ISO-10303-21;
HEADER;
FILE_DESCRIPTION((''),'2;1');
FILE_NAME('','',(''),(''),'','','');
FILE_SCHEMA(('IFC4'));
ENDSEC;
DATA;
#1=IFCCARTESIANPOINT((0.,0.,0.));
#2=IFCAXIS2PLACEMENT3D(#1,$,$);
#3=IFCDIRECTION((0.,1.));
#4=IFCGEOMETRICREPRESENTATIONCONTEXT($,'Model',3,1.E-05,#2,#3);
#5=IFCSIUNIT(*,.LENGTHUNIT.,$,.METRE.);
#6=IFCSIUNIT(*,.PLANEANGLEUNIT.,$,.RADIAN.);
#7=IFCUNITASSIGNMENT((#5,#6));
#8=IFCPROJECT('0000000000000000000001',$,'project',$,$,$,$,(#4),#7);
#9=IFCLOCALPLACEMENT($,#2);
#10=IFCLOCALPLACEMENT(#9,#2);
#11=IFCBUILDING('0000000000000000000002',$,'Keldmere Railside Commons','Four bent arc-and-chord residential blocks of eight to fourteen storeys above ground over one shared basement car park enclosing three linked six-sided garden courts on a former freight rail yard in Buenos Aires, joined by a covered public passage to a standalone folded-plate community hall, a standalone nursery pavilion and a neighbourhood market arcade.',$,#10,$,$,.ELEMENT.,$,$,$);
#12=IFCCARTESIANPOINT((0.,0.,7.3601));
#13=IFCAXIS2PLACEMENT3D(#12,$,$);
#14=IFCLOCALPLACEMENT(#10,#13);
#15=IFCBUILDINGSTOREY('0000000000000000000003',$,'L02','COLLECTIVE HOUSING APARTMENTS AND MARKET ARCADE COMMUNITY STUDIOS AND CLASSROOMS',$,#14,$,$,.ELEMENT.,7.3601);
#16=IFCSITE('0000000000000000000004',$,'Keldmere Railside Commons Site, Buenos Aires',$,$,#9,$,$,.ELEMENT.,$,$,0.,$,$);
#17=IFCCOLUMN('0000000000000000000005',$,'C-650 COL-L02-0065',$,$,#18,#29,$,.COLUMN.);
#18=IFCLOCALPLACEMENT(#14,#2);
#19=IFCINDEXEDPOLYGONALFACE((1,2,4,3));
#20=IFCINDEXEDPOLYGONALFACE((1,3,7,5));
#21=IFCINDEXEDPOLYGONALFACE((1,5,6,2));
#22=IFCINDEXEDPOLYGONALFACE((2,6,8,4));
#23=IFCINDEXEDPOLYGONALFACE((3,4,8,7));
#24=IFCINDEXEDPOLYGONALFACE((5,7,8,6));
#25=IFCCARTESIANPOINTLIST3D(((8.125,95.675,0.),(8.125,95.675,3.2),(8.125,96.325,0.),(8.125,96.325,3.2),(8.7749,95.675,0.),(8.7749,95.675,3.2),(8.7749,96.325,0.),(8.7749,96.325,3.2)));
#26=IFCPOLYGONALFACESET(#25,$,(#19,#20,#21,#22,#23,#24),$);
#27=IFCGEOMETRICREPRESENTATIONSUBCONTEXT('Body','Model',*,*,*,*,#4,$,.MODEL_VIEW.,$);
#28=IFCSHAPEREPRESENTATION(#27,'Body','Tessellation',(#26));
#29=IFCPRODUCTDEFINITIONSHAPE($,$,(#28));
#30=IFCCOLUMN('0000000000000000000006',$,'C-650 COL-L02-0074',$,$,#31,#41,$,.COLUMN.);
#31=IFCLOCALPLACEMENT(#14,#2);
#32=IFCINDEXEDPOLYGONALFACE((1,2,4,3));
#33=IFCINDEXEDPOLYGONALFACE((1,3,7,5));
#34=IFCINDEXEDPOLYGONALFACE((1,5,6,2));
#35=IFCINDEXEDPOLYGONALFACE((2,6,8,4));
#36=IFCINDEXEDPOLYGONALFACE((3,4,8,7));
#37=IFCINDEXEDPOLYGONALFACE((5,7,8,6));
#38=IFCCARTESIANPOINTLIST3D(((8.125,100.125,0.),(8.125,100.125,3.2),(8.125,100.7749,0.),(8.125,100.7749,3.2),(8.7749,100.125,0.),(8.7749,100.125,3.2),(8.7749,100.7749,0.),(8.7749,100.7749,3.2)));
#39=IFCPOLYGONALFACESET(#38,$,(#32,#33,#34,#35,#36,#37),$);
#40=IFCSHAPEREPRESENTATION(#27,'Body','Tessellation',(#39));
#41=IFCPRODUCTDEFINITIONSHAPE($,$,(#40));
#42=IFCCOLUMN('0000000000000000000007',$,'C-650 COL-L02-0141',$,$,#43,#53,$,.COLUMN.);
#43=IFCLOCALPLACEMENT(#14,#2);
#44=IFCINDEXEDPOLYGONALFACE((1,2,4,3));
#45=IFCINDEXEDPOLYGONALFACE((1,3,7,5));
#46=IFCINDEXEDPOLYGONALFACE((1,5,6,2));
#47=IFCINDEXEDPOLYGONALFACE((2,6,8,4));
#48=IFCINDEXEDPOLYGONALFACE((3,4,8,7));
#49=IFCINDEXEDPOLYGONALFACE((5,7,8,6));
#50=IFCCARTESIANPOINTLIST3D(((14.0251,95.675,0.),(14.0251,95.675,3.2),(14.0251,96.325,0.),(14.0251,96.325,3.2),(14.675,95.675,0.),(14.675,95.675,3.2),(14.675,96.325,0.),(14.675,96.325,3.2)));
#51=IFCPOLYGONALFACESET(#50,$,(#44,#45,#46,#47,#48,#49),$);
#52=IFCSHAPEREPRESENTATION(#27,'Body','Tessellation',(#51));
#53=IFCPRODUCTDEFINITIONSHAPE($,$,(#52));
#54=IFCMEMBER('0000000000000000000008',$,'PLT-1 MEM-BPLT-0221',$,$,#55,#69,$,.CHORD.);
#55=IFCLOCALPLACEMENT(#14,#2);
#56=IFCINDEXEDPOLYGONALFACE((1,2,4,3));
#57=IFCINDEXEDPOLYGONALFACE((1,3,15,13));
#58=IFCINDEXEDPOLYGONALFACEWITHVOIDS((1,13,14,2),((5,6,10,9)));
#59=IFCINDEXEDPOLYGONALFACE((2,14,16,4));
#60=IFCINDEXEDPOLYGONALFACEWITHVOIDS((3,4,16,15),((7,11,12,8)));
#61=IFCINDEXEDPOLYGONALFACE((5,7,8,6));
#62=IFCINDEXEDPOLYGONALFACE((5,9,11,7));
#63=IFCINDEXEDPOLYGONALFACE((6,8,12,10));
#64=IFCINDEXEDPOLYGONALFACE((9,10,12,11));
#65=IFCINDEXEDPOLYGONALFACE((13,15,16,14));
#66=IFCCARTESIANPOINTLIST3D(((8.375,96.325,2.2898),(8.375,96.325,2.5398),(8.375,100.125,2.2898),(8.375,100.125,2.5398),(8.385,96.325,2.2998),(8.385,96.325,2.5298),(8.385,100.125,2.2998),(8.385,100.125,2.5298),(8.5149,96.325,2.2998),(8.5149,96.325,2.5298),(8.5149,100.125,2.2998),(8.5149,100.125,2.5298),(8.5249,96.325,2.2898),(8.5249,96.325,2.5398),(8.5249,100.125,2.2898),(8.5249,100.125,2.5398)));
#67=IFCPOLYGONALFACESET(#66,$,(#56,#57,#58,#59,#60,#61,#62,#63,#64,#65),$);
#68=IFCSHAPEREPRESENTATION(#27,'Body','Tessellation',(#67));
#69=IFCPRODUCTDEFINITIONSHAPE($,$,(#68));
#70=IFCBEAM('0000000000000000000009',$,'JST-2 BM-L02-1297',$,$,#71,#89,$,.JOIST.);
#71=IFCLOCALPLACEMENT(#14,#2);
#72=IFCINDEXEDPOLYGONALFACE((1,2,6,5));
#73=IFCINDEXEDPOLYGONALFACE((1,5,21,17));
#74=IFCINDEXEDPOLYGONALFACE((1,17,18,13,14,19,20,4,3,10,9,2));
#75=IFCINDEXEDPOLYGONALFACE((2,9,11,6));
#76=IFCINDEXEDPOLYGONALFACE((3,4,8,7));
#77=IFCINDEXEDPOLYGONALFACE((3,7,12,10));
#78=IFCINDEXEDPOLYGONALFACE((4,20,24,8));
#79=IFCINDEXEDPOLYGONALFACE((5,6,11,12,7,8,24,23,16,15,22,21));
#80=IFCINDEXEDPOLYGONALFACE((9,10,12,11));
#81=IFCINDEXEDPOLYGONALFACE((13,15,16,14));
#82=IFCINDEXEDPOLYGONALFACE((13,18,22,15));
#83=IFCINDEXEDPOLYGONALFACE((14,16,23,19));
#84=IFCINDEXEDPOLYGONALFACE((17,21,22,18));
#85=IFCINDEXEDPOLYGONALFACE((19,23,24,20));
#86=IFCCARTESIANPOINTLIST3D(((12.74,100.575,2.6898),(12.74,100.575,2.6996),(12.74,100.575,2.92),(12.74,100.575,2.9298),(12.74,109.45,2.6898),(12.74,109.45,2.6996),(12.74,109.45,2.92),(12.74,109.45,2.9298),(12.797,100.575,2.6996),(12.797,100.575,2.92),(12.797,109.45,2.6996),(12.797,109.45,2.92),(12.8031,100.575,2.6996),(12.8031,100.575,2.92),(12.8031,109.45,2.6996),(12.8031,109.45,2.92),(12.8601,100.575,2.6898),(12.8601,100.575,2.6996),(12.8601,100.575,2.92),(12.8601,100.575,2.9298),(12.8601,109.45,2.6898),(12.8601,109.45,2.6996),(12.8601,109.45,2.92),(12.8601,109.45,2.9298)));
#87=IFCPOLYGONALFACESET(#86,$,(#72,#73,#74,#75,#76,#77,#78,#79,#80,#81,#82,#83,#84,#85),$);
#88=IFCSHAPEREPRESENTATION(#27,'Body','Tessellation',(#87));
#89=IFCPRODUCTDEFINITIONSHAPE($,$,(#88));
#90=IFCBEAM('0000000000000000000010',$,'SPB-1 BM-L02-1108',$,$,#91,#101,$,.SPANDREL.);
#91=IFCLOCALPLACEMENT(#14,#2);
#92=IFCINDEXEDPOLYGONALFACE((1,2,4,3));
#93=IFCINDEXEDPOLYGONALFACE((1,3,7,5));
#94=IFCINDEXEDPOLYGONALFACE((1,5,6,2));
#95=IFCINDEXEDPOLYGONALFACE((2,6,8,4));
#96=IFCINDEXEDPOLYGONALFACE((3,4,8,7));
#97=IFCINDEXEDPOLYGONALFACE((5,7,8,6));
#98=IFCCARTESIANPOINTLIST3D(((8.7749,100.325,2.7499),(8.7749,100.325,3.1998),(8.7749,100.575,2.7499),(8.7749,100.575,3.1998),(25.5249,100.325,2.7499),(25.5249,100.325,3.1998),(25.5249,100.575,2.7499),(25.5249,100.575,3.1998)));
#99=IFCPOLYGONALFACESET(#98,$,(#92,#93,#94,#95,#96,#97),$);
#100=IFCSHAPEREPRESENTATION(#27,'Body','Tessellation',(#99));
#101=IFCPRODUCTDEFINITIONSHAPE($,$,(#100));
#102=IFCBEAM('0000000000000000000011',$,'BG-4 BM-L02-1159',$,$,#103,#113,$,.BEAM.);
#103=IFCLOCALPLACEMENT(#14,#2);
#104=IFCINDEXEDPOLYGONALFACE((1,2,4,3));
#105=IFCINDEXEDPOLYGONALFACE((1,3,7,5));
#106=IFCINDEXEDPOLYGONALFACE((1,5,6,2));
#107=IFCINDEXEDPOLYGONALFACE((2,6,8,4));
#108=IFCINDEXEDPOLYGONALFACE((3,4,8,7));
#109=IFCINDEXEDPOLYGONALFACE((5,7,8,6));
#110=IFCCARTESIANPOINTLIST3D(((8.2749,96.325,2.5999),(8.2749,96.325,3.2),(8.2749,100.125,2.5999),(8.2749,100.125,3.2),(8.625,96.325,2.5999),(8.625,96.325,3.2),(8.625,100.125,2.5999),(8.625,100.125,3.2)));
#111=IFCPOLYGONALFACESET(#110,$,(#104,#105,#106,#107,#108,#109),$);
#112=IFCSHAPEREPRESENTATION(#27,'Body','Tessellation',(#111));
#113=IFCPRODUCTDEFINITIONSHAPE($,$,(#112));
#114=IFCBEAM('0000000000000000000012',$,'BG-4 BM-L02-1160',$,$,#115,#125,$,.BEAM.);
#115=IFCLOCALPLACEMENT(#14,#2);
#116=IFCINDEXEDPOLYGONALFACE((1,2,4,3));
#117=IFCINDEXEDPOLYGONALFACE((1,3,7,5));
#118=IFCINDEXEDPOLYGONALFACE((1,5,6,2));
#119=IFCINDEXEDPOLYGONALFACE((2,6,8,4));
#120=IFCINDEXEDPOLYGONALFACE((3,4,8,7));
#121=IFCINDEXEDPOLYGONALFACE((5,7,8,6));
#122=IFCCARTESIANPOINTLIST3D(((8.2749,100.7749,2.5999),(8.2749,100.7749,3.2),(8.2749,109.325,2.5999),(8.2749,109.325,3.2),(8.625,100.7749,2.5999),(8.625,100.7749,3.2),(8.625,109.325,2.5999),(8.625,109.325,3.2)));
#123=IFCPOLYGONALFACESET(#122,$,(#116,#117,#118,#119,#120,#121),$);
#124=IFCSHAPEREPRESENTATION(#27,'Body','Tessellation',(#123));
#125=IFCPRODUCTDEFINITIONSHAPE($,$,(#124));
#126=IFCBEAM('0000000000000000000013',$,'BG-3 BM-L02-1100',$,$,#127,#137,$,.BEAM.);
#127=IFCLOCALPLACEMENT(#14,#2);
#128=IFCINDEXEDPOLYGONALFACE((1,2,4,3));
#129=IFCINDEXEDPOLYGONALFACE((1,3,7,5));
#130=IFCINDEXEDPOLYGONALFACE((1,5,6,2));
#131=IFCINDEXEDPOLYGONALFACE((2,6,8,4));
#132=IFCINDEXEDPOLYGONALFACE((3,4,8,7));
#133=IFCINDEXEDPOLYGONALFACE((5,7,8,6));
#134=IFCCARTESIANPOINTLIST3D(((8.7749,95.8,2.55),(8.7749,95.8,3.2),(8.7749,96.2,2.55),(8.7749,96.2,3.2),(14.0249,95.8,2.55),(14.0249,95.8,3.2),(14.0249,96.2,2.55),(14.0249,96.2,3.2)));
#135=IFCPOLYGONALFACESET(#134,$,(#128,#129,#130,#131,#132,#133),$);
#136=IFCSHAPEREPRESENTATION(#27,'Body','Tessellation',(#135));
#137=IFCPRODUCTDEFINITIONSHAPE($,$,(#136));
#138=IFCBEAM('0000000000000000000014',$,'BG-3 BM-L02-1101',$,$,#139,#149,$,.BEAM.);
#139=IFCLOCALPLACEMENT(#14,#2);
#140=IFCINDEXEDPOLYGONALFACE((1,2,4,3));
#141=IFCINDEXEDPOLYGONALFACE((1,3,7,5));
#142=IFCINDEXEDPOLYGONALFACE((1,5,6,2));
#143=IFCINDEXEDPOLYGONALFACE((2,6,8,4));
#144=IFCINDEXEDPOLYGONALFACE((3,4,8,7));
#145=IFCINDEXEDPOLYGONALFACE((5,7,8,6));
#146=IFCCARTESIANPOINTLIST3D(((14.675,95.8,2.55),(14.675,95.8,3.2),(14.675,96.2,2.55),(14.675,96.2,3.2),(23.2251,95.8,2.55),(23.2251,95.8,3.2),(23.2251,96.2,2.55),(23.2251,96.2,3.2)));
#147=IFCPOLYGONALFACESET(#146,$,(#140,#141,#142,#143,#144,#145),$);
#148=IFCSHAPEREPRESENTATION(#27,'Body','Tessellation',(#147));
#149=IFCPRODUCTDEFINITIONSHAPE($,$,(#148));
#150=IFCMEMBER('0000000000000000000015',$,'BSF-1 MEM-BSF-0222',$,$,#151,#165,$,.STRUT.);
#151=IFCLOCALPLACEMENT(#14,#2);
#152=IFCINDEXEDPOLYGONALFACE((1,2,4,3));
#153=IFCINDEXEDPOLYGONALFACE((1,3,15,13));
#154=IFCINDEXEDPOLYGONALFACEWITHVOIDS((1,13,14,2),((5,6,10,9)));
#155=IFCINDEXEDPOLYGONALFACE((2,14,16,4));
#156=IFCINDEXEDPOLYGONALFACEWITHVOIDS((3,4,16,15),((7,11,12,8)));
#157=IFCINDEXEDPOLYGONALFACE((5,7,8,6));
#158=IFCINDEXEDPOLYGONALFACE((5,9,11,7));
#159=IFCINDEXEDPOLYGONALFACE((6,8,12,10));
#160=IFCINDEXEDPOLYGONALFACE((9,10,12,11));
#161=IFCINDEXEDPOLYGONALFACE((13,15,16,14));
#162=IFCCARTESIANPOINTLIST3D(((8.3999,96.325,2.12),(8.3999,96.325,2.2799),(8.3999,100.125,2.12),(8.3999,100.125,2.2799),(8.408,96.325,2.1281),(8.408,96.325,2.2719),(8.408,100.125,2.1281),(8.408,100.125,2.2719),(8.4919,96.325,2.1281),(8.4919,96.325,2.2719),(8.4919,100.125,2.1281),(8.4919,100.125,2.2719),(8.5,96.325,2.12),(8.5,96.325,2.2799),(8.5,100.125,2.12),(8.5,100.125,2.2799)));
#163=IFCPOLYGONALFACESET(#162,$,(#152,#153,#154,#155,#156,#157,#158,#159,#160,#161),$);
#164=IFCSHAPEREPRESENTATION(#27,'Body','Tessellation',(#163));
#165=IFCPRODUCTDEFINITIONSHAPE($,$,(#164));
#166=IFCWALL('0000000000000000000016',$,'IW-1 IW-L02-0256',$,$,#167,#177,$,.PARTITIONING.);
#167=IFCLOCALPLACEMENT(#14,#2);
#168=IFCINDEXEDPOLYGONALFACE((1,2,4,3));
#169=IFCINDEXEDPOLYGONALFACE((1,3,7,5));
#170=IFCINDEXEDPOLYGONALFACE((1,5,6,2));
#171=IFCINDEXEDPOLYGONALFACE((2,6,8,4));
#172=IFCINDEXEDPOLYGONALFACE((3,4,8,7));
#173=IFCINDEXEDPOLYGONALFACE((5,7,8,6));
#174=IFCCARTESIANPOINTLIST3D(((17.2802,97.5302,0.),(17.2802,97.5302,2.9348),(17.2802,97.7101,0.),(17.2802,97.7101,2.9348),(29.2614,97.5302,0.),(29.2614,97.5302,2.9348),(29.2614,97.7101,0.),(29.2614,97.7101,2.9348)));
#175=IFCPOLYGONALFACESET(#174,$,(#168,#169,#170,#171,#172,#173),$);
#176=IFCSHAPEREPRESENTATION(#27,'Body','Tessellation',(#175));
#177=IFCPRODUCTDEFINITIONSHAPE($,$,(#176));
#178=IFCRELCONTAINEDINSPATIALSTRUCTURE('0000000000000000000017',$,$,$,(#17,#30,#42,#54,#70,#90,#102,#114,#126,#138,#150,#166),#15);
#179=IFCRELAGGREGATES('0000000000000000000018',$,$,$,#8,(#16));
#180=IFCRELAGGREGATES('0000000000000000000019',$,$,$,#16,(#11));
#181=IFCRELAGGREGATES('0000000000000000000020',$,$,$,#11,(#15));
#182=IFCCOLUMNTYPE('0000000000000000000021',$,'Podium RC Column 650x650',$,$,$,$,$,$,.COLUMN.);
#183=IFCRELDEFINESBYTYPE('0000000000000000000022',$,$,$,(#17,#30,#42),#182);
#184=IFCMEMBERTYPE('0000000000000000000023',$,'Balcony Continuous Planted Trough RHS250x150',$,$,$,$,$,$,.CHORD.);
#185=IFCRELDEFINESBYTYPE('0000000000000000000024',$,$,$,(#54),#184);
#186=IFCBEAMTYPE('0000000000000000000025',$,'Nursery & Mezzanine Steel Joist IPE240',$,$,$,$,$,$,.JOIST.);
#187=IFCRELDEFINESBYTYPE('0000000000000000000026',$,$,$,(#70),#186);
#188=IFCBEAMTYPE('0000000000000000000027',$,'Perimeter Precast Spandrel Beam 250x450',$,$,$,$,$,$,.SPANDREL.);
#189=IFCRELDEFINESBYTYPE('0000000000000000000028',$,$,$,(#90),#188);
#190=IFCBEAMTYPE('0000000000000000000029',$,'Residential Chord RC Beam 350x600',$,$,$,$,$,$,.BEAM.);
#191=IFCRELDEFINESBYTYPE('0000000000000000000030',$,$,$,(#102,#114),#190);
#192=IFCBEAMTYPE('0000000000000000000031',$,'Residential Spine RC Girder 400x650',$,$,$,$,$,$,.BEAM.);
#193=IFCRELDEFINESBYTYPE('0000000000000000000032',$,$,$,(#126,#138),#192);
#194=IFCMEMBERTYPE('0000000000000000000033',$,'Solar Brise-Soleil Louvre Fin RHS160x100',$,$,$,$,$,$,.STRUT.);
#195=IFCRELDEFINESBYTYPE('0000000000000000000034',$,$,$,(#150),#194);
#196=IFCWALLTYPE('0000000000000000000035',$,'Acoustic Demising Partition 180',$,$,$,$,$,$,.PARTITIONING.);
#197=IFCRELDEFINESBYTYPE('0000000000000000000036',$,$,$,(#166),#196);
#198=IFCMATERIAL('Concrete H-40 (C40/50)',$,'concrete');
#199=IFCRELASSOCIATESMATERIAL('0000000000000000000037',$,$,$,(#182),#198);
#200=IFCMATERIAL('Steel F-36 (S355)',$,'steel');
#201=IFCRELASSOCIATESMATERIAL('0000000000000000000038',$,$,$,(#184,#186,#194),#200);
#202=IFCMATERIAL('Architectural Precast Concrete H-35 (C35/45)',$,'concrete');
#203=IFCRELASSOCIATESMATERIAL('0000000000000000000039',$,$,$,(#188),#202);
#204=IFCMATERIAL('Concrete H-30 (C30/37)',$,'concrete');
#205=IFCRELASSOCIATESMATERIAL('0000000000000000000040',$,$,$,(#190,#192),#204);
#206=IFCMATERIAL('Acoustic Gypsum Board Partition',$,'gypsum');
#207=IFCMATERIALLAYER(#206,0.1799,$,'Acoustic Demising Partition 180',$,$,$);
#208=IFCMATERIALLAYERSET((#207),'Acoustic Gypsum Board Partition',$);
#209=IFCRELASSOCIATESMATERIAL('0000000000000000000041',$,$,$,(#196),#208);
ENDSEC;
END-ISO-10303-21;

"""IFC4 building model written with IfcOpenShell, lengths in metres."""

from ifc_helpers import new_model, si_unit, direction, frame, frame_2d, origin, origin_2d, place, context, subcontext, project, spatial, rectangle, hollow_rectangle, i_section, extrude, material, layer, layer_set, material_profile, profile_set, type_object, element, save


model = new_model("IFC4")

# Units and contexts
model_context = context("Model", 3, precision=1e-05, world=origin(), true_north=direction((0.0, 1.0)))
body_context = subcontext(model_context, "Body", "Model", "MODEL_VIEW")
ifc_project = project(units=[si_unit("LENGTHUNIT", "METRE"), si_unit("PLANEANGLEUNIT", "RADIAN")], contexts=[model_context])

# Site, building, storey
site_placement = place(None, origin())
site = spatial("IfcSite", under=ifc_project, at=site_placement, Name="Keldmere Railside Commons Site, Buenos Aires", CompositionType="ELEMENT", RefElevation=0.0)
building_placement = place(site_placement, origin())
building = spatial("IfcBuilding", under=site, at=building_placement, Name="Keldmere Railside Commons", Description="Four bent arc-and-chord residential blocks of eight to fourteen storeys above ground over one shared basement car park enclosing three linked six-sided garden courts on a former freight rail yard in Buenos Aires, joined by a covered public passage to a standalone folded-plate community hall, a standalone nursery pavilion and a neighbourhood market arcade.", CompositionType="ELEMENT")
storey_placement = place(building_placement, frame((0.0, 0.0, 7.3601)))
storey = spatial("IfcBuildingStorey", under=building, at=storey_placement, Name="L02", Description="COLLECTIVE HOUSING APARTMENTS AND MARKET ARCADE COMMUNITY STUDIOS AND CLASSROOMS", CompositionType="ELEMENT", Elevation=7.3601)

# Columns
ifc_material_1 = material(Name="Concrete H-40 (C40/50)", Category="concrete")
ifc_material_profile_1 = material_profile(ifc_material_1, rectangle(XDim=0.6499, YDim=0.6499, at=origin_2d()), Name="RC-650x650")
ifc_profile_set_1 = profile_set([ifc_material_profile_1], Name="Concrete H-40 (C40/50)")
column_type = type_object("IfcColumnType", Name="Podium RC Column 650x650", PredefinedType="COLUMN", material=ifc_profile_set_1)
for number, where, z_axis, x_axis, name in (
    (1, (8.45, 96.0, 0.0), (0.0, 0.0, 1.0), (1.0, 0.0, 0.0), "C-650 COL-L02-0065"),
    (2, (8.45, 100.45, 0.0), (0.0, 0.0, 1.0), (1.0, 0.0, 0.0), "C-650 COL-L02-0074"),
    (3, (14.3501, 96.0, 0.0), (0.0, 0.0, 1.0), (1.0, 0.0, 0.0), "C-650 COL-L02-0141"),
):
    element("IfcColumn", number, at=place(storey_placement, frame(where, z_axis=z_axis, x_axis=x_axis)), inside=storey, type_object=column_type, Name=name, PredefinedType="COLUMN", context=body_context, shape_type="SweptSolid", body=[
        extrude(rectangle(XDim=0.6499, YDim=0.6499, at=origin_2d()), origin(), (0.0, 0.0, 1.0), 3.2),
    ])

# Member
ifc_material_2 = material(Name="Steel F-36 (S355)", Category="steel")
ifc_material_profile_2 = material_profile(ifc_material_2, hollow_rectangle(XDim=0.1499, YDim=0.25, WallThickness=0.01, at=origin_2d()), Name="RHS-250x150x10")
ifc_profile_set_2 = profile_set([ifc_material_profile_2], Name="Steel F-36 (S355)")
member_type_1 = type_object("IfcMemberType", Name="Balcony Continuous Planted Trough RHS250x150", PredefinedType="CHORD", material=ifc_profile_set_2)
member_1_placement = place(storey_placement, frame((8.45, 96.325, 2.4148), z_axis=(0.0, 1.0, 0.0), x_axis=(-1.0, 0.0, 0.0)))
element("IfcMember", 4, at=member_1_placement, inside=storey, type_object=member_type_1, Name="PLT-1 MEM-BPLT-0221", PredefinedType="CHORD", context=body_context, shape_type="SweptSolid", body=[
    extrude(hollow_rectangle(XDim=0.1499, YDim=0.25, WallThickness=0.01, at=origin_2d()), origin(), (0.0, 0.0, 1.0), 3.8),
])

# Beams
ifc_material_profile_3 = material_profile(ifc_material_2, i_section(OverallWidth=0.1201, OverallDepth=0.24, WebThickness=0.0061, FlangeThickness=0.0098, at=origin_2d()), Name="IPE-240")
ifc_profile_set_3 = profile_set([ifc_material_profile_3], Name="Steel F-36 (S355)")
beam_type_1 = type_object("IfcBeamType", Name="Nursery & Mezzanine Steel Joist IPE240", PredefinedType="JOIST", material=ifc_profile_set_3)
beam_1_placement = place(storey_placement, frame((12.8, 100.575, 2.8098), z_axis=(0.0, 1.0, 0.0), x_axis=(-1.0, 0.0, 0.0)))
element("IfcBeam", 5, at=beam_1_placement, inside=storey, type_object=beam_type_1, Name="JST-2 BM-L02-1297", PredefinedType="JOIST", context=body_context, shape_type="SweptSolid", body=[
    extrude(i_section(OverallWidth=0.1201, OverallDepth=0.24, WebThickness=0.0061, FlangeThickness=0.0098, at=origin_2d()), origin(), (0.0, 0.0, 1.0), 8.875),
])
ifc_material_3 = material(Name="Architectural Precast Concrete H-35 (C35/45)", Category="concrete")
ifc_material_profile_4 = material_profile(ifc_material_3, rectangle(XDim=0.25, YDim=0.45, at=origin_2d()), Name="RC-250x450")
ifc_profile_set_4 = profile_set([ifc_material_profile_4], Name="Architectural Precast Concrete H-35 (C35/45)")
beam_type_2 = type_object("IfcBeamType", Name="Perimeter Precast Spandrel Beam 250x450", PredefinedType="SPANDREL", material=ifc_profile_set_4)
beam_2_placement = place(storey_placement, frame((8.7749, 100.45, 2.9749), z_axis=(1.0, 0.0, 0.0), x_axis=(0.0, 1.0, 0.0)))
element("IfcBeam", 6, at=beam_2_placement, inside=storey, type_object=beam_type_2, Name="SPB-1 BM-L02-1108", PredefinedType="SPANDREL", context=body_context, shape_type="SweptSolid", body=[
    extrude(rectangle(XDim=0.25, YDim=0.45, at=origin_2d()), origin(), (0.0, 0.0, 1.0), 16.75),
])
ifc_material_4 = material(Name="Concrete H-30 (C30/37)", Category="concrete")
ifc_material_profile_5 = material_profile(ifc_material_4, rectangle(XDim=0.3501, YDim=0.6001, at=origin_2d()), Name="RC-350x600")
ifc_profile_set_5 = profile_set([ifc_material_profile_5], Name="Concrete H-30 (C30/37)")
beam_type_3 = type_object("IfcBeamType", Name="Residential Chord RC Beam 350x600", PredefinedType="BEAM", material=ifc_profile_set_5)
beam_3_placement = place(storey_placement, frame((8.45, 96.325, 2.8999), z_axis=(0.0, 1.0, 0.0), x_axis=(-1.0, 0.0, 0.0)))
element("IfcBeam", 7, at=beam_3_placement, inside=storey, type_object=beam_type_3, Name="BG-4 BM-L02-1159", PredefinedType="BEAM", context=body_context, shape_type="SweptSolid", body=[
    extrude(rectangle(XDim=0.3501, YDim=0.6001, at=origin_2d()), origin(), (0.0, 0.0, 1.0), 3.8),
])
beam_4_placement = place(storey_placement, frame((8.45, 100.7749, 2.8999), z_axis=(0.0, 1.0, 0.0), x_axis=(-1.0, 0.0, 0.0)))
element("IfcBeam", 8, at=beam_4_placement, inside=storey, type_object=beam_type_3, Name="BG-4 BM-L02-1160", PredefinedType="BEAM", context=body_context, shape_type="SweptSolid", body=[
    extrude(rectangle(XDim=0.3501, YDim=0.6001, at=origin_2d()), origin(), (0.0, 0.0, 1.0), 8.55),
])
ifc_material_profile_6 = material_profile(ifc_material_4, rectangle(XDim=0.3999, YDim=0.6499, at=origin_2d()), Name="RC-400x650")
ifc_profile_set_6 = profile_set([ifc_material_profile_6], Name="Concrete H-30 (C30/37)")
beam_type_4 = type_object("IfcBeamType", Name="Residential Spine RC Girder 400x650", PredefinedType="BEAM", material=ifc_profile_set_6)
beam_5_placement = place(storey_placement, frame((8.7749, 96.0, 2.875), z_axis=(1.0, 0.0, 0.0), x_axis=(0.0, 1.0, 0.0)))
element("IfcBeam", 9, at=beam_5_placement, inside=storey, type_object=beam_type_4, Name="BG-3 BM-L02-1100", PredefinedType="BEAM", context=body_context, shape_type="SweptSolid", body=[
    extrude(rectangle(XDim=0.3999, YDim=0.6499, at=origin_2d()), origin(), (0.0, 0.0, 1.0), 5.25),
])
beam_6_placement = place(storey_placement, frame((14.675, 96.0, 2.875), z_axis=(1.0, 0.0, 0.0), x_axis=(0.0, 1.0, 0.0)))
element("IfcBeam", 10, at=beam_6_placement, inside=storey, type_object=beam_type_4, Name="BG-3 BM-L02-1101", PredefinedType="BEAM", context=body_context, shape_type="SweptSolid", body=[
    extrude(rectangle(XDim=0.3999, YDim=0.6499, at=origin_2d()), origin(), (0.0, 0.0, 1.0), 8.55),
])

# Member
ifc_material_profile_7 = material_profile(ifc_material_2, hollow_rectangle(XDim=0.1001, YDim=0.1599, WallThickness=0.0081, at=origin_2d()), Name="RHS-160x100x8")
ifc_profile_set_7 = profile_set([ifc_material_profile_7], Name="Steel F-36 (S355)")
member_type_2 = type_object("IfcMemberType", Name="Solar Brise-Soleil Louvre Fin RHS160x100", PredefinedType="STRUT", material=ifc_profile_set_7)
member_2_placement = place(storey_placement, frame((8.45, 96.325, 2.2), z_axis=(0.0, 1.0, 0.0), x_axis=(-1.0, 0.0, 0.0)))
element("IfcMember", 11, at=member_2_placement, inside=storey, type_object=member_type_2, Name="BSF-1 MEM-BSF-0222", PredefinedType="STRUT", context=body_context, shape_type="SweptSolid", body=[
    extrude(hollow_rectangle(XDim=0.1001, YDim=0.1599, WallThickness=0.0081, at=origin_2d()), origin(), (0.0, 0.0, 1.0), 3.8),
])

# Wall
ifc_material_5 = material(Name="Acoustic Gypsum Board Partition", Category="gypsum")
ifc_layer = layer(ifc_material_5, 0.1799, Name="Acoustic Demising Partition 180")
ifc_layer_set = layer_set([ifc_layer], Name="Acoustic Gypsum Board Partition")
wall_type = type_object("IfcWallType", Name="Acoustic Demising Partition 180", PredefinedType="PARTITIONING", material=ifc_layer_set)
wall_placement = place(storey_placement, frame((17.28, 97.6201, 0.0), z_axis=(0.0, 0.0, 1.0), x_axis=(1.0, 0.0, 0.0)))
element("IfcWall", 12, at=wall_placement, inside=storey, type_object=wall_type, Name="IW-1 IW-L02-0256", PredefinedType="PARTITIONING", context=body_context, shape_type="SweptSolid", body=[
    extrude(rectangle(XDim=11.9812, YDim=0.1799, at=frame_2d((5.9907, 0.0))), origin(), (0.0, 0.0, 1.0), 2.9348),
])

save(model, "model.ifc")
